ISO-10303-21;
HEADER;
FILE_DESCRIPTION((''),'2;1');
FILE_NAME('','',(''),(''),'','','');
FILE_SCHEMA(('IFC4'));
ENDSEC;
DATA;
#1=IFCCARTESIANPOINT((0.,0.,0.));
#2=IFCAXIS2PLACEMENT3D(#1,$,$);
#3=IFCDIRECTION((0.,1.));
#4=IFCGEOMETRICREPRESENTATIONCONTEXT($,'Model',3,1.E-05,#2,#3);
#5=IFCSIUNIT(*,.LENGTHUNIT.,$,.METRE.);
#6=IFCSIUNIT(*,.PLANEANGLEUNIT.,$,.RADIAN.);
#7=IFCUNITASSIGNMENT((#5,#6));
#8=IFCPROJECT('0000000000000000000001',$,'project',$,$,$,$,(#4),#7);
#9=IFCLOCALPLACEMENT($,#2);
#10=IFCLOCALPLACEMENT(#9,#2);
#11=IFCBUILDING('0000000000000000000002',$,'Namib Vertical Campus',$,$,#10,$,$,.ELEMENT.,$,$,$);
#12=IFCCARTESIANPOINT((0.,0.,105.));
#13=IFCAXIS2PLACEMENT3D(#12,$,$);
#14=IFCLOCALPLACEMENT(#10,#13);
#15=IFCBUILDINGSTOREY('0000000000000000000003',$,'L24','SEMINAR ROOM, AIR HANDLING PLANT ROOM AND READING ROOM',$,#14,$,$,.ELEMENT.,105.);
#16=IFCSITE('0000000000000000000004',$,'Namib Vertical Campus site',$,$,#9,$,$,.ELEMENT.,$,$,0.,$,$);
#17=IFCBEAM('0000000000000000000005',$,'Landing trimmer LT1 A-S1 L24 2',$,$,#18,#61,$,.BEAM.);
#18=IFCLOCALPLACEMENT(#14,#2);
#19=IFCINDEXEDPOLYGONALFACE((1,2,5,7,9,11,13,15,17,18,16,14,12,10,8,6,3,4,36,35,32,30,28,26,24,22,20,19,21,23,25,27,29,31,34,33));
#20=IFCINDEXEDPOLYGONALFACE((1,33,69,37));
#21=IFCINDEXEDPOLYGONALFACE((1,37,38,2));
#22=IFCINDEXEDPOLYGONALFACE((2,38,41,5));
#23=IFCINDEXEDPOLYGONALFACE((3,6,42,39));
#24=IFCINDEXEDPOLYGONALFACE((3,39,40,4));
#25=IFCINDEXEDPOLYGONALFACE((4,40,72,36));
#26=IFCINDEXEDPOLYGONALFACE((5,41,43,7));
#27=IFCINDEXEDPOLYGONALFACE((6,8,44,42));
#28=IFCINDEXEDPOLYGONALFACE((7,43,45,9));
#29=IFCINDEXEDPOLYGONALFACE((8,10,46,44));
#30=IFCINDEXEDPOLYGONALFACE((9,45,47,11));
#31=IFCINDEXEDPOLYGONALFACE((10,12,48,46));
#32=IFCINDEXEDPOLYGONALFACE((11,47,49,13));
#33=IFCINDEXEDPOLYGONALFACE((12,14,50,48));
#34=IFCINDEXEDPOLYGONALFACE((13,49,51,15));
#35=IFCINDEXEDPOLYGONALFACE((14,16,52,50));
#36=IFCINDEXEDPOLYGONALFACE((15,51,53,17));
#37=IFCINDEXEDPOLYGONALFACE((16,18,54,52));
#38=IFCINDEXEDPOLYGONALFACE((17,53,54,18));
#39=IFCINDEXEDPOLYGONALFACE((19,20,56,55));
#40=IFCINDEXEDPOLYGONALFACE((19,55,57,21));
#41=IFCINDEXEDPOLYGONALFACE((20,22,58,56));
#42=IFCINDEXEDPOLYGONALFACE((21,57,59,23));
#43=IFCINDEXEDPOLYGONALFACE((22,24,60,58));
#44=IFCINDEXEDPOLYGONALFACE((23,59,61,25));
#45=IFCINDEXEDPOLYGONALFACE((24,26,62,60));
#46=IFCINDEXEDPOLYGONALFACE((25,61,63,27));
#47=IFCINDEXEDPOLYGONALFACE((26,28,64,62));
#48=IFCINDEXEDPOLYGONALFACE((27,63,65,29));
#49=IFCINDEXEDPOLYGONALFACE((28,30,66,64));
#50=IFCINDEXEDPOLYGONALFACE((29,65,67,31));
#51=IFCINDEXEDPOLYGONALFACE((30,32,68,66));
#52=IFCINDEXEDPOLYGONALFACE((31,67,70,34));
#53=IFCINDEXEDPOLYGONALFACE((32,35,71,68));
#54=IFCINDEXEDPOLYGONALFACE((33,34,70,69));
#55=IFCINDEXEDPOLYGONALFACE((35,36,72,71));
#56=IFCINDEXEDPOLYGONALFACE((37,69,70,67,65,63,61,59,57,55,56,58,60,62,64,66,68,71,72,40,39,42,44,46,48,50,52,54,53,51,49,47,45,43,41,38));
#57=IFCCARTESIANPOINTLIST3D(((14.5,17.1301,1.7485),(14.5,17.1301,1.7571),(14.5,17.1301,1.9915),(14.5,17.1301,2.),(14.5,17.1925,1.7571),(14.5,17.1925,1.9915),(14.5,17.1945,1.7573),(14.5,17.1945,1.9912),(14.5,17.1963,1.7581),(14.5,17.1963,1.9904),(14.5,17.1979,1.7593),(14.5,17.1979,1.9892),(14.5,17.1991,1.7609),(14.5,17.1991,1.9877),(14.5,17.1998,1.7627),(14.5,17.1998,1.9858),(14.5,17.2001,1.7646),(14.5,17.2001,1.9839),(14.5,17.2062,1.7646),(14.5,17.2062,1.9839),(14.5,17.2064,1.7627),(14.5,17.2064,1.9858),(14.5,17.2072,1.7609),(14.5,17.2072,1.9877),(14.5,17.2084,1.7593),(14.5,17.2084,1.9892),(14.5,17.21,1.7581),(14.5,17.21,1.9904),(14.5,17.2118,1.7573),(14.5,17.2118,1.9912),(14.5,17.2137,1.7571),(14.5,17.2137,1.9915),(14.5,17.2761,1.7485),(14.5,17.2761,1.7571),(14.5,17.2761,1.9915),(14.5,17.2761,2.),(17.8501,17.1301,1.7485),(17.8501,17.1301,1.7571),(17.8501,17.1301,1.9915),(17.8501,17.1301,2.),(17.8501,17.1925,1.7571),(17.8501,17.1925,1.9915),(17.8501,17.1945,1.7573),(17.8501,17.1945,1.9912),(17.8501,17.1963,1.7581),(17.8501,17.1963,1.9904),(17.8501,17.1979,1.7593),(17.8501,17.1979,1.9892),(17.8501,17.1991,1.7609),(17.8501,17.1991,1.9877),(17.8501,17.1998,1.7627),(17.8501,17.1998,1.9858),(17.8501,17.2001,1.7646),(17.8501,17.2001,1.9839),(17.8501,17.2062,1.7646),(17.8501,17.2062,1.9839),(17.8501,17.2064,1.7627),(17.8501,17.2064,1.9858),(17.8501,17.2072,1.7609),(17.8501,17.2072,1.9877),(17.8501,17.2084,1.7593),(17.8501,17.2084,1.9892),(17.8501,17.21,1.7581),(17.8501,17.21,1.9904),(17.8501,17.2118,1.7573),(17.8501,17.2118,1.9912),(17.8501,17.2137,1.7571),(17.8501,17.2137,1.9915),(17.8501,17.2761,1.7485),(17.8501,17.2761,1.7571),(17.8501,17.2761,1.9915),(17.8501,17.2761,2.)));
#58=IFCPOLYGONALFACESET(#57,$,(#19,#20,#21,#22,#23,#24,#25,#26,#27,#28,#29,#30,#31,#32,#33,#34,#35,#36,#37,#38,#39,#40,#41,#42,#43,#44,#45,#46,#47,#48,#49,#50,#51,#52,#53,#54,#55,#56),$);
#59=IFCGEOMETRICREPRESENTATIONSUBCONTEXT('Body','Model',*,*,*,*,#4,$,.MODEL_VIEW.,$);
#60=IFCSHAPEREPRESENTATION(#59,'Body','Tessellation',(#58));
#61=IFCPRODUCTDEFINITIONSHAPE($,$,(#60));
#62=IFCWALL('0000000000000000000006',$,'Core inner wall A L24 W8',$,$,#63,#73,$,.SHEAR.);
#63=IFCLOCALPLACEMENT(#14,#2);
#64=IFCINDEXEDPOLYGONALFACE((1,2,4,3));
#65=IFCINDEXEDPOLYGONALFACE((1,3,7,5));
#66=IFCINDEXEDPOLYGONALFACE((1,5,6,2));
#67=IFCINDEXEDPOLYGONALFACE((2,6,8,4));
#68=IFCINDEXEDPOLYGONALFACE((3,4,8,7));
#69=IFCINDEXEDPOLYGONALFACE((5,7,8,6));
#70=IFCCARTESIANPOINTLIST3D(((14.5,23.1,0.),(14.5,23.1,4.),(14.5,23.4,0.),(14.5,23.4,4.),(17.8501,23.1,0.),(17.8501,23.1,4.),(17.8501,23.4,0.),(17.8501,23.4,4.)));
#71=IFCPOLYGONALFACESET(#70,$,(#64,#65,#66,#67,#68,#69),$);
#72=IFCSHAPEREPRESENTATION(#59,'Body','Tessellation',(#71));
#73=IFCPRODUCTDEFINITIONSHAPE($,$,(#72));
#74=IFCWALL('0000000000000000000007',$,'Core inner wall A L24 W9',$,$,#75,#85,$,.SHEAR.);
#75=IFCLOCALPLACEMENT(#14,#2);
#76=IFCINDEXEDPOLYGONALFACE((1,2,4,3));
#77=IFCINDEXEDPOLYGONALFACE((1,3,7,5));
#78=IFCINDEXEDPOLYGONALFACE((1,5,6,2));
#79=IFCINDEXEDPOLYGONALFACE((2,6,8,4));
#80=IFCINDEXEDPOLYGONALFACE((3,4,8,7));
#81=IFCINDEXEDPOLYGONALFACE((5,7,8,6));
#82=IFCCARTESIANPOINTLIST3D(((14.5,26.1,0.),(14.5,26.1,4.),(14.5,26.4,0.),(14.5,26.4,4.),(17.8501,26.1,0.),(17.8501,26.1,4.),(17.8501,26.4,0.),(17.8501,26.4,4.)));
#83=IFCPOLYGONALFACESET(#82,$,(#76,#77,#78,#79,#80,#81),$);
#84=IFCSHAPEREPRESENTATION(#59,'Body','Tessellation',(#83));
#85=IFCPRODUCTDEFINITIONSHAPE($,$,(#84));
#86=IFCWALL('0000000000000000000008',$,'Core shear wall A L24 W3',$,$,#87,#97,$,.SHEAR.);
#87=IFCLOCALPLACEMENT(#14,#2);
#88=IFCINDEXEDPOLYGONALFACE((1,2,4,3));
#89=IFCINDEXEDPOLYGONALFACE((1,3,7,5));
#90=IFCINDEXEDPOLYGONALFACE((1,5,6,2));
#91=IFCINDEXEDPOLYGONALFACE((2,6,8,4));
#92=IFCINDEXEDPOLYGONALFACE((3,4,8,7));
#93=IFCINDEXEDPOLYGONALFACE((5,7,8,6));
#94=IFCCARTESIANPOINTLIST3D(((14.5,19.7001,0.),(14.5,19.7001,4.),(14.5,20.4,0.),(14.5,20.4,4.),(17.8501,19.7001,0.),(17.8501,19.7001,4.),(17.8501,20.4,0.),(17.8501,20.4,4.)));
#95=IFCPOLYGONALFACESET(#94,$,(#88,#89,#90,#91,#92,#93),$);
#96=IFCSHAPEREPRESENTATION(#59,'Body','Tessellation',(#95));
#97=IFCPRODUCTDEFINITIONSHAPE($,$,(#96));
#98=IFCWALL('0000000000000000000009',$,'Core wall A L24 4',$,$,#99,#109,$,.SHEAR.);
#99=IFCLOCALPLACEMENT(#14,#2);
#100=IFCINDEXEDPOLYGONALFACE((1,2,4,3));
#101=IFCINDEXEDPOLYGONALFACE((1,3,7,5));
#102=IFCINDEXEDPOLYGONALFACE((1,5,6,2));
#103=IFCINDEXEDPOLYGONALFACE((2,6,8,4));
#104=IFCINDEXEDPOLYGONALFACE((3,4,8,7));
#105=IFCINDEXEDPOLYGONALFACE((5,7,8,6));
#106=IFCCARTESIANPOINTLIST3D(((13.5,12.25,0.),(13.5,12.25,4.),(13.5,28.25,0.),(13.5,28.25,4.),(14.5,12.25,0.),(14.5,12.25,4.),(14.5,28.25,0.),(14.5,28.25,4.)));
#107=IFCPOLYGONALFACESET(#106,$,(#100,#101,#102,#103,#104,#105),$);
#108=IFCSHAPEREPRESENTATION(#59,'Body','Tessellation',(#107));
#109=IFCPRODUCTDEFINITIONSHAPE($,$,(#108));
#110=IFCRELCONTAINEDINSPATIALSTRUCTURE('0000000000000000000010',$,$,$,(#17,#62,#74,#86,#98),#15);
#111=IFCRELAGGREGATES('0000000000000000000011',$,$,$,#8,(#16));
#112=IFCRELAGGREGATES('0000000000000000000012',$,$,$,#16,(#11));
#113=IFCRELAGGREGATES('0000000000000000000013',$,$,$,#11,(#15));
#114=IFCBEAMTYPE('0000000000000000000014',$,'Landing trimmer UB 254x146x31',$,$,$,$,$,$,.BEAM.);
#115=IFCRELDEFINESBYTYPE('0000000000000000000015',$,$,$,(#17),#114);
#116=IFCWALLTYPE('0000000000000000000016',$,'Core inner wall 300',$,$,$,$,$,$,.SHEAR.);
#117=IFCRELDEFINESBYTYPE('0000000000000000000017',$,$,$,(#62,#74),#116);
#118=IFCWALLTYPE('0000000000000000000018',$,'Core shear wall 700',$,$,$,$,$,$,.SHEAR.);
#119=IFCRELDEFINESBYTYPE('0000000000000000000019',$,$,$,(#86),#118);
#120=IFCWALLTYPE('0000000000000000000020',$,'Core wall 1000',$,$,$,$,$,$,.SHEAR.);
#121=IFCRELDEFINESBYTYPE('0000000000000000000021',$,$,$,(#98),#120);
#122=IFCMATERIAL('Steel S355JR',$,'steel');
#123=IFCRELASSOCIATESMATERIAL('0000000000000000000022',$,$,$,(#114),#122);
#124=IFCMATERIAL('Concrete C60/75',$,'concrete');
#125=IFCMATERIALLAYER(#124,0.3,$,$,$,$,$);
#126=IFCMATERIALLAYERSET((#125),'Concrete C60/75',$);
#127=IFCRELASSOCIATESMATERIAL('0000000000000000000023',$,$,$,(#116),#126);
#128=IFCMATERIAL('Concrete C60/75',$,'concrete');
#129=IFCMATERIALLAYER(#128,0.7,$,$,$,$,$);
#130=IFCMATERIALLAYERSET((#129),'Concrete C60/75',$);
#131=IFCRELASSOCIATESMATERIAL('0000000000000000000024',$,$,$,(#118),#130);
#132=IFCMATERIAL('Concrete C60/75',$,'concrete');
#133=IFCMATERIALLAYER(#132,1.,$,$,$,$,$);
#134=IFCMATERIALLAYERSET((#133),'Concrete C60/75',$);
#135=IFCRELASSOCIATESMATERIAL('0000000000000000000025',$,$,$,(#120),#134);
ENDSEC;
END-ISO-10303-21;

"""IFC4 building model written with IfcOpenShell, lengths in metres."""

from ifc_helpers import new_model, si_unit, direction, frame, frame_2d, origin, origin_2d, place, context, subcontext, project, spatial, rectangle, i_section, extrude, material, layer, layer_set, material_profile, profile_set, type_object, element, save


model = new_model("IFC4")

# Units and contexts
model_context = context("Model", 3, precision=1e-05, world=origin(), true_north=direction((0.0, 1.0)))
body_context = subcontext(model_context, "Body", "Model", "MODEL_VIEW")
ifc_project = project(units=[si_unit("LENGTHUNIT", "METRE"), si_unit("PLANEANGLEUNIT", "RADIAN")], contexts=[model_context])

# Site, building, storey
site_placement = place(None, origin())
site = spatial("IfcSite", under=ifc_project, at=site_placement, Name="Namib Vertical Campus site", CompositionType="ELEMENT", RefElevation=0.0)
building_placement = place(site_placement, origin())
building = spatial("IfcBuilding", under=site, at=building_placement, Name="Namib Vertical Campus", CompositionType="ELEMENT")
storey_placement = place(building_placement, frame((0.0, 0.0, 105.0)))
storey = spatial("IfcBuildingStorey", under=building, at=storey_placement, Name="L24", Description="SEMINAR ROOM, AIR HANDLING PLANT ROOM AND READING ROOM", CompositionType="ELEMENT", Elevation=105.0)

# Beam
ifc_material_1 = material(Name="Steel S355JR", Category="steel")
ifc_material_profile = material_profile(ifc_material_1, i_section(OverallWidth=0.146, OverallDepth=0.2515, WebThickness=0.0061, FlangeThickness=0.0085, FilletRadius=0.0076, at=origin_2d()))
ifc_profile_set = profile_set([ifc_material_profile], Name="Steel S355JR")
beam_type = type_object("IfcBeamType", Name="Landing trimmer UB 254x146x31", PredefinedType="BEAM", material=ifc_profile_set)
beam_placement = place(storey_placement, frame((14.5, 17.2031, 1.8743), z_axis=(1.0, 0.0, 0.0), x_axis=(0.0, 1.0, 0.0)))
element("IfcBeam", 1, at=beam_placement, inside=storey, type_object=beam_type, Name="Landing trimmer LT1 A-S1 L24 2", PredefinedType="BEAM", context=body_context, shape_type="SweptSolid", body=[
    extrude(i_section(OverallWidth=0.146, OverallDepth=0.2515, WebThickness=0.0061, FlangeThickness=0.0085, FilletRadius=0.0076, at=origin_2d()), origin(), (0.0, 0.0, 1.0), 3.3501),
])

# Walls
ifc_material_2 = material(Name="Concrete C60/75", Category="concrete")
ifc_layer_1 = layer(ifc_material_2, 0.3)
ifc_layer_set_1 = layer_set([ifc_layer_1], Name="Concrete C60/75")
wall_type_1 = type_object("IfcWallType", Name="Core inner wall 300", PredefinedType="SHEAR", material=ifc_layer_set_1)
for number, where, z_axis, x_axis, name in (
    (2, (14.5, 23.25, 0.0), (0.0, 0.0, 1.0), (1.0, 0.0, 0.0), "Core inner wall A L24 W8"),
    (3, (14.5, 26.25, 0.0), (0.0, 0.0, 1.0), (1.0, 0.0, 0.0), "Core inner wall A L24 W9"),
):
    element("IfcWall", number, at=place(storey_placement, frame(where, z_axis=z_axis, x_axis=x_axis)), inside=storey, type_object=wall_type_1, Name=name, PredefinedType="SHEAR", context=body_context, shape_type="SweptSolid", body=[
        extrude(rectangle(XDim=3.3501, YDim=0.3, at=frame_2d((1.675, 0.0))), origin(), (0.0, 0.0, 1.0), 4.0),
    ])
ifc_material_3 = material(Name="Concrete C60/75", Category="concrete")
ifc_layer_2 = layer(ifc_material_3, 0.7)
ifc_layer_set_2 = layer_set([ifc_layer_2], Name="Concrete C60/75")
wall_type_2 = type_object("IfcWallType", Name="Core shear wall 700", PredefinedType="SHEAR", material=ifc_layer_set_2)
wall_1_placement = place(storey_placement, frame((14.5, 20.05, 0.0), z_axis=(0.0, 0.0, 1.0), x_axis=(1.0, 0.0, 0.0)))
element("IfcWall", 4, at=wall_1_placement, inside=storey, type_object=wall_type_2, Name="Core shear wall A L24 W3", PredefinedType="SHEAR", context=body_context, shape_type="SweptSolid", body=[
    extrude(rectangle(XDim=3.3501, YDim=0.7, at=frame_2d((1.675, 0.0))), origin(), (0.0, 0.0, 1.0), 4.0),
])
ifc_material_4 = material(Name="Concrete C60/75", Category="concrete")
ifc_layer_3 = layer(ifc_material_4, 1.0)
ifc_layer_set_3 = layer_set([ifc_layer_3], Name="Concrete C60/75")
wall_type_3 = type_object("IfcWallType", Name="Core wall 1000", PredefinedType="SHEAR", material=ifc_layer_set_3)
wall_2_placement = place(storey_placement, frame((14.0, 28.25, 0.0), z_axis=(0.0, 0.0, 1.0), x_axis=(0.0, -1.0, 0.0)))
element("IfcWall", 5, at=wall_2_placement, inside=storey, type_object=wall_type_3, Name="Core wall A L24 4", PredefinedType="SHEAR", context=body_context, shape_type="SweptSolid", body=[
    extrude(rectangle(XDim=16.0, YDim=1.0, at=frame_2d((8.0, 0.0))), origin(), (0.0, 0.0, 1.0), 4.0),
])

save(model, "model.ifc")
